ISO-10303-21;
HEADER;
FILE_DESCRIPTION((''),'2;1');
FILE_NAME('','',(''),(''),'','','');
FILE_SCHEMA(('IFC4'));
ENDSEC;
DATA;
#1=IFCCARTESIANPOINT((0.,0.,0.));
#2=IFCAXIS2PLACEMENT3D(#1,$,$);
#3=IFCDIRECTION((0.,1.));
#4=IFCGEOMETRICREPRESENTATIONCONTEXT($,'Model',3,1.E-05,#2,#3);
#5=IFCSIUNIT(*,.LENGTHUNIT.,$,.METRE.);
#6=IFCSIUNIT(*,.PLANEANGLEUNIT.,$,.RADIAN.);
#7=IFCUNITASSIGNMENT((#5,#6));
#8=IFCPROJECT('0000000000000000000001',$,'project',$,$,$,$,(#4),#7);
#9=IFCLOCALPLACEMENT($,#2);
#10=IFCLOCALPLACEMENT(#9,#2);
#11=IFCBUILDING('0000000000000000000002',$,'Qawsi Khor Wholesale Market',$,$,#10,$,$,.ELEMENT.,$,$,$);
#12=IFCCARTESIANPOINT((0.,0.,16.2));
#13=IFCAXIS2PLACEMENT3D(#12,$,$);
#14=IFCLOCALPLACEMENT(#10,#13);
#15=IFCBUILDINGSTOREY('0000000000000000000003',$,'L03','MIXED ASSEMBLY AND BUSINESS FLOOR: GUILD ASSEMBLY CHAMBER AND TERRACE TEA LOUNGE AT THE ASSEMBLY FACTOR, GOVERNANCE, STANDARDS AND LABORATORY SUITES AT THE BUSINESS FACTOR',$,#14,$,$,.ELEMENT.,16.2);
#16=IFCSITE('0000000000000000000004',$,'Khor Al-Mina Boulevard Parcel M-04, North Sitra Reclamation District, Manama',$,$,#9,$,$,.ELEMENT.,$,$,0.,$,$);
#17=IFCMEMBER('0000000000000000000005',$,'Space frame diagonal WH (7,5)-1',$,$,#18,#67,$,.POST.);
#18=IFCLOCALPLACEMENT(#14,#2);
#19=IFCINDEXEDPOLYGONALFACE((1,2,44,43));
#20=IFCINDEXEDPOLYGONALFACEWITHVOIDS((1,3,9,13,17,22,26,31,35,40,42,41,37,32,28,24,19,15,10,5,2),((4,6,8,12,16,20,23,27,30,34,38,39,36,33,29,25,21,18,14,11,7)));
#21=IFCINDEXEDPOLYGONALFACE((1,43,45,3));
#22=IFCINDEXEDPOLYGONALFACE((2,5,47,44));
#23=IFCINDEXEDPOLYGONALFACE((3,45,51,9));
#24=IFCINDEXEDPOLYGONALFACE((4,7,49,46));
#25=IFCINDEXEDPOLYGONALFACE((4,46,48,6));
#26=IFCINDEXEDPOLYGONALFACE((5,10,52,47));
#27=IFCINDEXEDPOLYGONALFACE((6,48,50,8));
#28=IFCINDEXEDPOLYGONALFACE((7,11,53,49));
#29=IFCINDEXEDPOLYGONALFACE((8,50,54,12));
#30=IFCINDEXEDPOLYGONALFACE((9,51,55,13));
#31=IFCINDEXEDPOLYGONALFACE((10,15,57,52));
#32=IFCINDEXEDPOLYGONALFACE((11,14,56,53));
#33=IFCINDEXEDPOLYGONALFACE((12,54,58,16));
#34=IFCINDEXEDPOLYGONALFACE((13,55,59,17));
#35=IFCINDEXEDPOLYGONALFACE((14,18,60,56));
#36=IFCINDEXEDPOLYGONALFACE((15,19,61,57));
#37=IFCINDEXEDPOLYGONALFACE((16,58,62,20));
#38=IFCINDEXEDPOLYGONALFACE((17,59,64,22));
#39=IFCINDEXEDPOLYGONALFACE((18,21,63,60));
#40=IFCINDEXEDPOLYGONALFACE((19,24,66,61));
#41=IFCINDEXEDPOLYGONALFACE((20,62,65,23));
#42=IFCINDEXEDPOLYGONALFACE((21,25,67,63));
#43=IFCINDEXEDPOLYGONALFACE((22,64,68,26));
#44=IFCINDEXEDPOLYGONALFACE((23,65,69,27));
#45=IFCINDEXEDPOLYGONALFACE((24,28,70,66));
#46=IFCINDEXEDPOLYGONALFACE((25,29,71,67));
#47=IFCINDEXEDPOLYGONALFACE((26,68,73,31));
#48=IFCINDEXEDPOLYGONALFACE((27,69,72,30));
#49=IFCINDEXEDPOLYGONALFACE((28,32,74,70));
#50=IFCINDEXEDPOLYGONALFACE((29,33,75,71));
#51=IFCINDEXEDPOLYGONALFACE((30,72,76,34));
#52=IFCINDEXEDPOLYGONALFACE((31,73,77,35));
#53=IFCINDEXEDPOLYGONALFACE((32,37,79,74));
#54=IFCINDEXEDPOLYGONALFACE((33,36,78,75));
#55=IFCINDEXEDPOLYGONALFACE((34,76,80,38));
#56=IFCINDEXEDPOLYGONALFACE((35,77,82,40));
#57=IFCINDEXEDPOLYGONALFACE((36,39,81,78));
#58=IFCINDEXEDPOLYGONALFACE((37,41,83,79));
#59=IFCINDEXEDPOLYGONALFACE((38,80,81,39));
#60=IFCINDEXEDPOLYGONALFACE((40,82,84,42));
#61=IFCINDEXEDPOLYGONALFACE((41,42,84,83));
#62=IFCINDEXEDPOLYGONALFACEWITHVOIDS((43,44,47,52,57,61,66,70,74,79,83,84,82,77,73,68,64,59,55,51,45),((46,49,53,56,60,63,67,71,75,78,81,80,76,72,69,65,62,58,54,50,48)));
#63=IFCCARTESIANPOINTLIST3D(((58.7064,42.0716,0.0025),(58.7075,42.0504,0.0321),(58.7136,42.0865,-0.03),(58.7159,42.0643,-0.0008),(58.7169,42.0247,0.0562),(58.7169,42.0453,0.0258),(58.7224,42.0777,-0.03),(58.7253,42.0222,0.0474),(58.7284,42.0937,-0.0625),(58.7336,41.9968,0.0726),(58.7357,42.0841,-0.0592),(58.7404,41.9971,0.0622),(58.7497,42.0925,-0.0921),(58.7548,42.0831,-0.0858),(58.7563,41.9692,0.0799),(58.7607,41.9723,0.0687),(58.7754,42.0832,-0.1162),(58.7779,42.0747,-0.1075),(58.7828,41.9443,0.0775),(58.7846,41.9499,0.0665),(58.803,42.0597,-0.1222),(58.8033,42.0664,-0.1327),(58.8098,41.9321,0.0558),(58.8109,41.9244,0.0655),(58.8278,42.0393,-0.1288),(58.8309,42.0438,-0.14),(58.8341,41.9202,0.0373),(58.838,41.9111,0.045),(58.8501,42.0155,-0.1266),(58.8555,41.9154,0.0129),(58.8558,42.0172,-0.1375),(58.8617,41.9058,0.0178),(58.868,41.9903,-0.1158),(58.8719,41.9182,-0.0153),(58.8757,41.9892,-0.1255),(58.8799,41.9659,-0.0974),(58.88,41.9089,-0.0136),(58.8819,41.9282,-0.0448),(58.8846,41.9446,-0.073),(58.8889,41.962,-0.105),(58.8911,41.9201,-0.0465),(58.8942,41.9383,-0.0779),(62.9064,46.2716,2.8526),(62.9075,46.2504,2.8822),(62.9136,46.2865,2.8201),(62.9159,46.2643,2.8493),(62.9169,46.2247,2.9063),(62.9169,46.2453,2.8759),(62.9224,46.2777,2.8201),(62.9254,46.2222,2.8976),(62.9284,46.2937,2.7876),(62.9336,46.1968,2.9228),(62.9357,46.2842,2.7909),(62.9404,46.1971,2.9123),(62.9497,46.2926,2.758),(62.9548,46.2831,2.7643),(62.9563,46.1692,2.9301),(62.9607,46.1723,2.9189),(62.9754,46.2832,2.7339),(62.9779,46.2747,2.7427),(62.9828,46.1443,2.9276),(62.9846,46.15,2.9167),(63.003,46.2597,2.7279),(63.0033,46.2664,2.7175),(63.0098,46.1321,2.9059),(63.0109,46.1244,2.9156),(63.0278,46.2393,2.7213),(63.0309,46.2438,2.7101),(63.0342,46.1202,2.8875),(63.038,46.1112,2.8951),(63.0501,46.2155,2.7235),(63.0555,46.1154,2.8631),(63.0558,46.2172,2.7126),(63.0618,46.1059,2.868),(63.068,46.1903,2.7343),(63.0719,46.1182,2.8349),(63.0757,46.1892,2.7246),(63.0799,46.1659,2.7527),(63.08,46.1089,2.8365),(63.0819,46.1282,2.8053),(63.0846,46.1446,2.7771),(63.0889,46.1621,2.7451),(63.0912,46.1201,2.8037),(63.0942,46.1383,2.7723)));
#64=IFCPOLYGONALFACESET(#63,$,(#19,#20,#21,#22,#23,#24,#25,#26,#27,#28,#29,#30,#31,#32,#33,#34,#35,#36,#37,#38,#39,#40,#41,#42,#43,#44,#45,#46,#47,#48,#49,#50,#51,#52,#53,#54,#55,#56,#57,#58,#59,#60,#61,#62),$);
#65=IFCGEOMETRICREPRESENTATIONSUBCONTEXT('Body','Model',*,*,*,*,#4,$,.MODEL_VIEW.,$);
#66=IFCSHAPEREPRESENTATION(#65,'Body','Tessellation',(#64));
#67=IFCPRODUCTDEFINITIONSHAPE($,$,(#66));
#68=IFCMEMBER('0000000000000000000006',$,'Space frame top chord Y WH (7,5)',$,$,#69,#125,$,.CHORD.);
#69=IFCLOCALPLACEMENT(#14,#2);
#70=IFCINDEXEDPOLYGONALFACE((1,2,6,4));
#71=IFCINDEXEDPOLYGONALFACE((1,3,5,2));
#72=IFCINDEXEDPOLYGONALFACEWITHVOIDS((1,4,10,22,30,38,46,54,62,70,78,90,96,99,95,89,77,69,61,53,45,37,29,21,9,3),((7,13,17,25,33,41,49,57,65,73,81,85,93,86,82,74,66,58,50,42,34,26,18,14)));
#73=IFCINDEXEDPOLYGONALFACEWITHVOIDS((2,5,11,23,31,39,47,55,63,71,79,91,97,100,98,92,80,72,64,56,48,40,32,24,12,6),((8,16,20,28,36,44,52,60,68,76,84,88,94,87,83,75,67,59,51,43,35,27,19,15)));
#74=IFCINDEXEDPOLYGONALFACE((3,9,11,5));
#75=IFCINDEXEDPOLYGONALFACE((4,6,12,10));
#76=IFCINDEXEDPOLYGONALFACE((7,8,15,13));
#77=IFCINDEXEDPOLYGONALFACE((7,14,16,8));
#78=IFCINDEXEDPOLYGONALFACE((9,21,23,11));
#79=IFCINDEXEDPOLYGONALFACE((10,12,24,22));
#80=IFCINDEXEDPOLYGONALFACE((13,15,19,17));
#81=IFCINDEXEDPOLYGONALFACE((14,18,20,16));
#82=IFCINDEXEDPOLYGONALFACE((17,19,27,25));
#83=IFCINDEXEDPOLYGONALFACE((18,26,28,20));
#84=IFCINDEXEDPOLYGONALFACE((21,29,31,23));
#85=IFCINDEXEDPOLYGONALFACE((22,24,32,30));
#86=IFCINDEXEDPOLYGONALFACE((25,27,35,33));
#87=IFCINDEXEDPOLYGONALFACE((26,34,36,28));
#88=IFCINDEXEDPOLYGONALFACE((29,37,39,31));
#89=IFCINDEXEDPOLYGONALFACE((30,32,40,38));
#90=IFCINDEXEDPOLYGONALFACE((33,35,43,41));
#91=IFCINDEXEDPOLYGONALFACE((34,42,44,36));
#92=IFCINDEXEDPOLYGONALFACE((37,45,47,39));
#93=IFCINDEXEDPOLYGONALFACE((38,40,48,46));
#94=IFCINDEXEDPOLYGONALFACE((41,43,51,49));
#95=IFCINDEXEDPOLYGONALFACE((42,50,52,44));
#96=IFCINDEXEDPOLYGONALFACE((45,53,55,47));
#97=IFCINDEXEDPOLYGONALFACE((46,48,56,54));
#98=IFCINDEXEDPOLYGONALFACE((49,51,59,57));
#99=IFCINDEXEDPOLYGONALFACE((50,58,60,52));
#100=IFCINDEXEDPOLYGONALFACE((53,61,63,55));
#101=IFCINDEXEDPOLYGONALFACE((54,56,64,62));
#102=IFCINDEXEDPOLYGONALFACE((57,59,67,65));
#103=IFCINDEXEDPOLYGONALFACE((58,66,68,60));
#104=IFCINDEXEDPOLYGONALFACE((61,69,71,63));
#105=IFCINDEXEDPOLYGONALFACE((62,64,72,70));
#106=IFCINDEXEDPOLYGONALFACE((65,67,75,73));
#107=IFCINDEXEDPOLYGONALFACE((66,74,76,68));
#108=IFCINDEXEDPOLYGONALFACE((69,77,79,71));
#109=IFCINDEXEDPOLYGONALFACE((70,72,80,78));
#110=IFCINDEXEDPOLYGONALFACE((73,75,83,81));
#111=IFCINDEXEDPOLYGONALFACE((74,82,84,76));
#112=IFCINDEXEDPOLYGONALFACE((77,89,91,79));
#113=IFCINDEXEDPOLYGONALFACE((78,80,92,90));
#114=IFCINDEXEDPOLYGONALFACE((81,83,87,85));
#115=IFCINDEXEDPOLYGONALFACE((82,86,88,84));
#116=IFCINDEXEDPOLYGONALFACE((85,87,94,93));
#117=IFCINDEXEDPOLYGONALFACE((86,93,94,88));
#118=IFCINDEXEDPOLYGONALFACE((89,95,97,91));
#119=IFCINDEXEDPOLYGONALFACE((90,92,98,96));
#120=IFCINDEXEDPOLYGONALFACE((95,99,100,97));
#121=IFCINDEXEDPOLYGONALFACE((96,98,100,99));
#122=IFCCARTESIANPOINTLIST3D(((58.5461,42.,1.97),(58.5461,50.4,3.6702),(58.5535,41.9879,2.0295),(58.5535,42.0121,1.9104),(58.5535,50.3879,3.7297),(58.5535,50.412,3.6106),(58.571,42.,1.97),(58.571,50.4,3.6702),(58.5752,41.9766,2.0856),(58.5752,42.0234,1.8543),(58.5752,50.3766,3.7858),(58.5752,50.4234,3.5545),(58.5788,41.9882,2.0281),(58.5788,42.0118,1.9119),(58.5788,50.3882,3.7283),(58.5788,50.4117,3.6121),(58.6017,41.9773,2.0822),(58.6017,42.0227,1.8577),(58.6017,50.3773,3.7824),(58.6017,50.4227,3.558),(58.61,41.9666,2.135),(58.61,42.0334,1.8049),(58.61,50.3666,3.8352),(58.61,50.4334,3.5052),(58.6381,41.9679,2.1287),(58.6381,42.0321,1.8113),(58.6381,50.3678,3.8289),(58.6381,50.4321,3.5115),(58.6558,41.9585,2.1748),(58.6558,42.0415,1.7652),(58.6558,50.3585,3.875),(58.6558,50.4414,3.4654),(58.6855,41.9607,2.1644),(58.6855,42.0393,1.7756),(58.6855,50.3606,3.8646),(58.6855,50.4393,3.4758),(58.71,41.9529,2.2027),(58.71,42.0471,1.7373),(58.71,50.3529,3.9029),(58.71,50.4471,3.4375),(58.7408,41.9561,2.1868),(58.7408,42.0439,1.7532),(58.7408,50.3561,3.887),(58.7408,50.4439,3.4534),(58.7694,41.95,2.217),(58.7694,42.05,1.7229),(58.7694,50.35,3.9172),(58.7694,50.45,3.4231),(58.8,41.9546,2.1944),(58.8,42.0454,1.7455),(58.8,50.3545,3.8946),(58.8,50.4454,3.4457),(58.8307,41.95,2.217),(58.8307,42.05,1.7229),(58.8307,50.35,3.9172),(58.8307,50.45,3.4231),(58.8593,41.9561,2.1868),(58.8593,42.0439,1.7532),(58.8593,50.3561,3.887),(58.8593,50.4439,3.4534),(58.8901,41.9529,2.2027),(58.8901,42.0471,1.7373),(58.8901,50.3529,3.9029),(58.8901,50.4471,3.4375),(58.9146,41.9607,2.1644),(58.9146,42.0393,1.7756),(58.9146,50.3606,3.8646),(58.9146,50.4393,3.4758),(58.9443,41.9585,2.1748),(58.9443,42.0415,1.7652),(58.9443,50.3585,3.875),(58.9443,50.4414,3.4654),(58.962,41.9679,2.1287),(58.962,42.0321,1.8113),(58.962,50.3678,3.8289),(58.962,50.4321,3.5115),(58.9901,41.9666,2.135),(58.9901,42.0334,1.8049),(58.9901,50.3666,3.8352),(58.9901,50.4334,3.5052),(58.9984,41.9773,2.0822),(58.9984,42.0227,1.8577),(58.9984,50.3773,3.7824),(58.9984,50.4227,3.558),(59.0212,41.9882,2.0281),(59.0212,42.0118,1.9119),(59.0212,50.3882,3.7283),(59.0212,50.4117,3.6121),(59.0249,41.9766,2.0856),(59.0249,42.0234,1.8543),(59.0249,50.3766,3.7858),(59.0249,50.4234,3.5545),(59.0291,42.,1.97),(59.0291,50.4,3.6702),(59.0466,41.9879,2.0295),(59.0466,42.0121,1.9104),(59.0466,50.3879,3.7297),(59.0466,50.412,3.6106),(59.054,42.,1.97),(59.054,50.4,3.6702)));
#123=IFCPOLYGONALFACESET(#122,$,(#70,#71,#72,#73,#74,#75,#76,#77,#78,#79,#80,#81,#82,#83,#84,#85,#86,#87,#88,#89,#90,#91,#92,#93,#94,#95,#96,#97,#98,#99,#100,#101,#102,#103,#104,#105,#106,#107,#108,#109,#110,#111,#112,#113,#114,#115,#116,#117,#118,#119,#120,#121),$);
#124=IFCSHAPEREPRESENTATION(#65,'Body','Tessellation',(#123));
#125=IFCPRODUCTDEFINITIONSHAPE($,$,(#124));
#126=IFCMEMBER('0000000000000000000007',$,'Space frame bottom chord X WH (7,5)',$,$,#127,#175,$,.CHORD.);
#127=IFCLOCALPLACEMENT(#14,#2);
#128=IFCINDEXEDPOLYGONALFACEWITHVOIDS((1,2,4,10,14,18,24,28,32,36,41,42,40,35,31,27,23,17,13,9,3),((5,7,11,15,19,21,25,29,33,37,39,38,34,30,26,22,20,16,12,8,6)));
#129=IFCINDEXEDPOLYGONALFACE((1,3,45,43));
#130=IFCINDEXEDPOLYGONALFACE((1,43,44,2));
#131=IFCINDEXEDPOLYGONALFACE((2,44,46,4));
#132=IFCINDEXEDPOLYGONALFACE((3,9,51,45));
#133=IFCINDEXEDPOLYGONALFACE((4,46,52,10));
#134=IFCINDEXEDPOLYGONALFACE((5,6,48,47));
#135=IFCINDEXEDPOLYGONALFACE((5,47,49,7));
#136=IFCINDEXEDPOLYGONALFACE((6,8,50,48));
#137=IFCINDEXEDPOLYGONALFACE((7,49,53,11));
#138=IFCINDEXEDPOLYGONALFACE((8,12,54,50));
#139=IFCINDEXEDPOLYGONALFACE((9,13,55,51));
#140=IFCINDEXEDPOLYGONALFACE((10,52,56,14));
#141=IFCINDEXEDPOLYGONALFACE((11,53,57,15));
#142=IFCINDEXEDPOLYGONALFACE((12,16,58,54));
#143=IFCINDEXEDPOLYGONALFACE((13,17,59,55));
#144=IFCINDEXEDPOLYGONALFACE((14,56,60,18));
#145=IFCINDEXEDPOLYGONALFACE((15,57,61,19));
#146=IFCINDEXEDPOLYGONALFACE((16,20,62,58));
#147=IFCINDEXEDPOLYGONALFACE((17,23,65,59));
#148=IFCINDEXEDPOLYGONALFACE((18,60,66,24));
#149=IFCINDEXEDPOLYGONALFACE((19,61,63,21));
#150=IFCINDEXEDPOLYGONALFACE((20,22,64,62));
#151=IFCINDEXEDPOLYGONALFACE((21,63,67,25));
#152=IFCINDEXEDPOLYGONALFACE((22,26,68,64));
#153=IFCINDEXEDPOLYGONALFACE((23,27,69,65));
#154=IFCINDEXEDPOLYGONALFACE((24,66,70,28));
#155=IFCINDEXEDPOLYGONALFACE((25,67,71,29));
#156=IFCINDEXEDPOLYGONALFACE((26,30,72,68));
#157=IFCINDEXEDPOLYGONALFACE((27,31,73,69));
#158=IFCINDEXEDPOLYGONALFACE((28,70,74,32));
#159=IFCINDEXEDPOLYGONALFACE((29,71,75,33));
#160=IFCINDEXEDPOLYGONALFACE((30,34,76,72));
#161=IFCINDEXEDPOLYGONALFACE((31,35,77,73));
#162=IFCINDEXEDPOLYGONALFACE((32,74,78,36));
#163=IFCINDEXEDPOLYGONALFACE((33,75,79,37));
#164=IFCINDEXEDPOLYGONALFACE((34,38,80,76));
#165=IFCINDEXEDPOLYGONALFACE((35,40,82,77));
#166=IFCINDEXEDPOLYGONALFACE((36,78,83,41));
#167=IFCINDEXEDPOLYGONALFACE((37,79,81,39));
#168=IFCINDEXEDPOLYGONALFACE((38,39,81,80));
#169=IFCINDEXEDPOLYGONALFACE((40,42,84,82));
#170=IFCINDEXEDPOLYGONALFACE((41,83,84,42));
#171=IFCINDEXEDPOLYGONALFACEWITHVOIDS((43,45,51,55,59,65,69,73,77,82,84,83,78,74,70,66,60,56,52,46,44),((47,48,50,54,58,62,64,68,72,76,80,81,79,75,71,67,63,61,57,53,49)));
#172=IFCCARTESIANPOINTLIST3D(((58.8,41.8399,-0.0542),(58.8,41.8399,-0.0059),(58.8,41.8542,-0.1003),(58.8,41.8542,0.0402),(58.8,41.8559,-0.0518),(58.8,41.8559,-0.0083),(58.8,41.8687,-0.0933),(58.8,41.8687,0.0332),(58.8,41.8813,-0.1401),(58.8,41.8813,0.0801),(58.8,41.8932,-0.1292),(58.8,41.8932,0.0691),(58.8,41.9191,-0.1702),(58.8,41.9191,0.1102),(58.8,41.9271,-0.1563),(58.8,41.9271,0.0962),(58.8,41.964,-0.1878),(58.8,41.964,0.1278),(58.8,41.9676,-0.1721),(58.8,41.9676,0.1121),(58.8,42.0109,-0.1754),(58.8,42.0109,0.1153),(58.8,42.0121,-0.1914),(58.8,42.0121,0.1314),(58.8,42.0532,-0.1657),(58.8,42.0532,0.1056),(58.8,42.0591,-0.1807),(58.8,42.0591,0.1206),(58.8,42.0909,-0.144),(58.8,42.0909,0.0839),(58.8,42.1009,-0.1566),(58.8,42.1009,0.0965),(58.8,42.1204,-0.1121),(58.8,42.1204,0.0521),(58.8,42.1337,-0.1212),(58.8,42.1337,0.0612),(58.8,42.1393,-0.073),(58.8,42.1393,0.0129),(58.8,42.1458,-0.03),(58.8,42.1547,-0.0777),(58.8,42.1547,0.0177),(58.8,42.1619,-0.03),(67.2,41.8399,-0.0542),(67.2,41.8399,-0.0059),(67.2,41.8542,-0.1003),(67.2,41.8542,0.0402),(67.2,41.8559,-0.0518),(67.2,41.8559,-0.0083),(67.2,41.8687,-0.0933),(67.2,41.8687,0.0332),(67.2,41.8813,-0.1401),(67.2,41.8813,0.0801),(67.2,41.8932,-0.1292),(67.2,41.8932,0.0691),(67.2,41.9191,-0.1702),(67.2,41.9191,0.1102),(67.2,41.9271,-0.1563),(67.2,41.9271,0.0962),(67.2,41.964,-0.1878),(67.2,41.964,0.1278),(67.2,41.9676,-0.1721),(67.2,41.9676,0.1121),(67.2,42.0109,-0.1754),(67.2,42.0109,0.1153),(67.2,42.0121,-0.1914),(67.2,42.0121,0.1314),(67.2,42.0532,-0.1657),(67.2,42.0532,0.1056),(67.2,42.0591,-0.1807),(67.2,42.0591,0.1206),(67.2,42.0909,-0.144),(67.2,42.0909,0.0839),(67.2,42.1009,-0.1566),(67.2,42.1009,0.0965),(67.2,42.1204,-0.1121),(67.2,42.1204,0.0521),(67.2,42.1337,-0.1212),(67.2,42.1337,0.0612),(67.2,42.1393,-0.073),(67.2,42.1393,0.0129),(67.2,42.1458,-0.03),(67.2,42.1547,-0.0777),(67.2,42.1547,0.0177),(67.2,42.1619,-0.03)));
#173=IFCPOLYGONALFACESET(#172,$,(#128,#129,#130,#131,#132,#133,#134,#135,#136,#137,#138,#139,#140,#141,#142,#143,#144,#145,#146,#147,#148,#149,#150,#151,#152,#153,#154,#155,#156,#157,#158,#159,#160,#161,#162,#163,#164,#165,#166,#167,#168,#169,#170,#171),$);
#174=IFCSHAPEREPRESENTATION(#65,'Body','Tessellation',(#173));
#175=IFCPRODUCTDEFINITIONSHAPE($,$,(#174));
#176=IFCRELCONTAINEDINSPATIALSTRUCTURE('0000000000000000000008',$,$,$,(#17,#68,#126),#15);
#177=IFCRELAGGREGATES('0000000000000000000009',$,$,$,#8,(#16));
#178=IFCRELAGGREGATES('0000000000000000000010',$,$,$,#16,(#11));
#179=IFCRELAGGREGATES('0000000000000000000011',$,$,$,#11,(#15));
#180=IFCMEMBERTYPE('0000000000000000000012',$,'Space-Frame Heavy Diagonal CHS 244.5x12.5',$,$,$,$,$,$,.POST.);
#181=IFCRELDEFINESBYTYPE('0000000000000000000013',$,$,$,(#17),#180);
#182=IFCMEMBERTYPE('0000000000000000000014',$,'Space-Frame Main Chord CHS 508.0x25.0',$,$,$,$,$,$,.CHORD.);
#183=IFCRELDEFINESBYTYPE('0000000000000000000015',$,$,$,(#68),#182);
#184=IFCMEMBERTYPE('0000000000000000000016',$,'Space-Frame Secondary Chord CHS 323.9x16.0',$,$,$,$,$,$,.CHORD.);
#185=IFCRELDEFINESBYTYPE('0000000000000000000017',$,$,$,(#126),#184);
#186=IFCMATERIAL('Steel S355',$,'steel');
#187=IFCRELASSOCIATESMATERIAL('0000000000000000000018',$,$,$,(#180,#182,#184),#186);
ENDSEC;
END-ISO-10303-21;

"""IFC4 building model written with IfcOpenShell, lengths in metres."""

from ifc_helpers import new_model, si_unit, direction, frame, origin, origin_2d, place, context, subcontext, project, spatial, hollow_circle, extrude, material, material_profile, profile_set, type_object, element, save


model = new_model("IFC4")

# Units and contexts
model_context = context("Model", 3, precision=1e-05, world=origin(), true_north=direction((0.0, 1.0)))
body_context = subcontext(model_context, "Body", "Model", "MODEL_VIEW")
ifc_project = project(units=[si_unit("LENGTHUNIT", "METRE"), si_unit("PLANEANGLEUNIT", "RADIAN")], contexts=[model_context])

# Site, building, storey
site_placement = place(None, origin())
site = spatial("IfcSite", under=ifc_project, at=site_placement, Name="Khor Al-Mina Boulevard Parcel M-04, North Sitra Reclamation District, Manama", CompositionType="ELEMENT", RefElevation=0.0)
building_placement = place(site_placement, origin())
building = spatial("IfcBuilding", under=site, at=building_placement, Name="Qawsi Khor Wholesale Market", CompositionType="ELEMENT")
storey_placement = place(building_placement, frame((0.0, 0.0, 16.2)))
storey = spatial("IfcBuildingStorey", under=building, at=storey_placement, Name="L03", Description="MIXED ASSEMBLY AND BUSINESS FLOOR: GUILD ASSEMBLY CHAMBER AND TERRACE TEA LOUNGE AT THE ASSEMBLY FACTOR, GOVERNANCE, STANDARDS AND LABORATORY SUITES AT THE BUSINESS FACTOR", CompositionType="ELEMENT", Elevation=16.2)

# Members
ifc_material_1 = material(Name="Steel S355", Category="steel")
ifc_material_profile_1 = material_profile(ifc_material_1, hollow_circle(Radius=0.1223, WallThickness=0.0125, at=origin_2d()), Name="CHS 244.5x12.5")
ifc_profile_set_1 = profile_set([ifc_material_profile_1], Name="Steel S355")
member_type_1 = type_object("IfcMemberType", Name="Space-Frame Heavy Diagonal CHS 244.5x12.5", PredefinedType="POST", material=ifc_profile_set_1)
for number, where, z_axis, x_axis, name in (
    (1, (58.8, 42.0, -0.03), (0.637512, 0.637512, 0.432617), (-0.707107, 0.707107, 0.0), "Space frame diagonal WH (7,5)-1"),
):
    element("IfcMember", number, at=place(storey_placement, frame(where, z_axis=z_axis, x_axis=x_axis)), inside=storey, type_object=member_type_1, Name=name, PredefinedType="POST", context=body_context, shape_type="SweptSolid", body=[
        extrude(hollow_circle(Radius=0.1223, WallThickness=0.0125, at=origin_2d()), origin(), (0.0, 0.0, 1.0), 6.5881),
    ])
ifc_material_profile_2 = material_profile(ifc_material_1, hollow_circle(Radius=0.2539, WallThickness=0.0249, at=origin_2d()), Name="CHS 508.0x25.0")
ifc_profile_set_2 = profile_set([ifc_material_profile_2], Name="Steel S355")
member_type_2 = type_object("IfcMemberType", Name="Space-Frame Main Chord CHS 508.0x25.0", PredefinedType="CHORD", material=ifc_profile_set_2)
member_1_placement = place(storey_placement, frame((58.8, 42.0, 1.97), z_axis=(0.0, 0.980124, 0.198384), x_axis=(-1.0, 0.0, 0.0)))
element("IfcMember", 2, at=member_1_placement, inside=storey, type_object=member_type_2, Name="Space frame top chord Y WH (7,5)", PredefinedType="CHORD", context=body_context, shape_type="SweptSolid", body=[
    extrude(hollow_circle(Radius=0.2539, WallThickness=0.0249, at=origin_2d()), origin(), (0.0, 0.0, 1.0), 8.5703),
])
ifc_material_profile_3 = material_profile(ifc_material_1, hollow_circle(Radius=0.1619, WallThickness=0.0161, at=origin_2d()), Name="CHS 323.9x16.0")
ifc_profile_set_3 = profile_set([ifc_material_profile_3], Name="Steel S355")
member_type_3 = type_object("IfcMemberType", Name="Space-Frame Secondary Chord CHS 323.9x16.0", PredefinedType="CHORD", material=ifc_profile_set_3)
member_2_placement = place(storey_placement, frame((58.8, 42.0, -0.03), z_axis=(1.0, 0.0, 0.0), x_axis=(0.0, 1.0, 0.0)))
element("IfcMember", 3, at=member_2_placement, inside=storey, type_object=member_type_3, Name="Space frame bottom chord X WH (7,5)", PredefinedType="CHORD", context=body_context, shape_type="SweptSolid", body=[
    extrude(hollow_circle(Radius=0.1619, WallThickness=0.0161, at=origin_2d()), origin(), (0.0, 0.0, 1.0), 8.3999),
])

save(model, "model.ifc")
